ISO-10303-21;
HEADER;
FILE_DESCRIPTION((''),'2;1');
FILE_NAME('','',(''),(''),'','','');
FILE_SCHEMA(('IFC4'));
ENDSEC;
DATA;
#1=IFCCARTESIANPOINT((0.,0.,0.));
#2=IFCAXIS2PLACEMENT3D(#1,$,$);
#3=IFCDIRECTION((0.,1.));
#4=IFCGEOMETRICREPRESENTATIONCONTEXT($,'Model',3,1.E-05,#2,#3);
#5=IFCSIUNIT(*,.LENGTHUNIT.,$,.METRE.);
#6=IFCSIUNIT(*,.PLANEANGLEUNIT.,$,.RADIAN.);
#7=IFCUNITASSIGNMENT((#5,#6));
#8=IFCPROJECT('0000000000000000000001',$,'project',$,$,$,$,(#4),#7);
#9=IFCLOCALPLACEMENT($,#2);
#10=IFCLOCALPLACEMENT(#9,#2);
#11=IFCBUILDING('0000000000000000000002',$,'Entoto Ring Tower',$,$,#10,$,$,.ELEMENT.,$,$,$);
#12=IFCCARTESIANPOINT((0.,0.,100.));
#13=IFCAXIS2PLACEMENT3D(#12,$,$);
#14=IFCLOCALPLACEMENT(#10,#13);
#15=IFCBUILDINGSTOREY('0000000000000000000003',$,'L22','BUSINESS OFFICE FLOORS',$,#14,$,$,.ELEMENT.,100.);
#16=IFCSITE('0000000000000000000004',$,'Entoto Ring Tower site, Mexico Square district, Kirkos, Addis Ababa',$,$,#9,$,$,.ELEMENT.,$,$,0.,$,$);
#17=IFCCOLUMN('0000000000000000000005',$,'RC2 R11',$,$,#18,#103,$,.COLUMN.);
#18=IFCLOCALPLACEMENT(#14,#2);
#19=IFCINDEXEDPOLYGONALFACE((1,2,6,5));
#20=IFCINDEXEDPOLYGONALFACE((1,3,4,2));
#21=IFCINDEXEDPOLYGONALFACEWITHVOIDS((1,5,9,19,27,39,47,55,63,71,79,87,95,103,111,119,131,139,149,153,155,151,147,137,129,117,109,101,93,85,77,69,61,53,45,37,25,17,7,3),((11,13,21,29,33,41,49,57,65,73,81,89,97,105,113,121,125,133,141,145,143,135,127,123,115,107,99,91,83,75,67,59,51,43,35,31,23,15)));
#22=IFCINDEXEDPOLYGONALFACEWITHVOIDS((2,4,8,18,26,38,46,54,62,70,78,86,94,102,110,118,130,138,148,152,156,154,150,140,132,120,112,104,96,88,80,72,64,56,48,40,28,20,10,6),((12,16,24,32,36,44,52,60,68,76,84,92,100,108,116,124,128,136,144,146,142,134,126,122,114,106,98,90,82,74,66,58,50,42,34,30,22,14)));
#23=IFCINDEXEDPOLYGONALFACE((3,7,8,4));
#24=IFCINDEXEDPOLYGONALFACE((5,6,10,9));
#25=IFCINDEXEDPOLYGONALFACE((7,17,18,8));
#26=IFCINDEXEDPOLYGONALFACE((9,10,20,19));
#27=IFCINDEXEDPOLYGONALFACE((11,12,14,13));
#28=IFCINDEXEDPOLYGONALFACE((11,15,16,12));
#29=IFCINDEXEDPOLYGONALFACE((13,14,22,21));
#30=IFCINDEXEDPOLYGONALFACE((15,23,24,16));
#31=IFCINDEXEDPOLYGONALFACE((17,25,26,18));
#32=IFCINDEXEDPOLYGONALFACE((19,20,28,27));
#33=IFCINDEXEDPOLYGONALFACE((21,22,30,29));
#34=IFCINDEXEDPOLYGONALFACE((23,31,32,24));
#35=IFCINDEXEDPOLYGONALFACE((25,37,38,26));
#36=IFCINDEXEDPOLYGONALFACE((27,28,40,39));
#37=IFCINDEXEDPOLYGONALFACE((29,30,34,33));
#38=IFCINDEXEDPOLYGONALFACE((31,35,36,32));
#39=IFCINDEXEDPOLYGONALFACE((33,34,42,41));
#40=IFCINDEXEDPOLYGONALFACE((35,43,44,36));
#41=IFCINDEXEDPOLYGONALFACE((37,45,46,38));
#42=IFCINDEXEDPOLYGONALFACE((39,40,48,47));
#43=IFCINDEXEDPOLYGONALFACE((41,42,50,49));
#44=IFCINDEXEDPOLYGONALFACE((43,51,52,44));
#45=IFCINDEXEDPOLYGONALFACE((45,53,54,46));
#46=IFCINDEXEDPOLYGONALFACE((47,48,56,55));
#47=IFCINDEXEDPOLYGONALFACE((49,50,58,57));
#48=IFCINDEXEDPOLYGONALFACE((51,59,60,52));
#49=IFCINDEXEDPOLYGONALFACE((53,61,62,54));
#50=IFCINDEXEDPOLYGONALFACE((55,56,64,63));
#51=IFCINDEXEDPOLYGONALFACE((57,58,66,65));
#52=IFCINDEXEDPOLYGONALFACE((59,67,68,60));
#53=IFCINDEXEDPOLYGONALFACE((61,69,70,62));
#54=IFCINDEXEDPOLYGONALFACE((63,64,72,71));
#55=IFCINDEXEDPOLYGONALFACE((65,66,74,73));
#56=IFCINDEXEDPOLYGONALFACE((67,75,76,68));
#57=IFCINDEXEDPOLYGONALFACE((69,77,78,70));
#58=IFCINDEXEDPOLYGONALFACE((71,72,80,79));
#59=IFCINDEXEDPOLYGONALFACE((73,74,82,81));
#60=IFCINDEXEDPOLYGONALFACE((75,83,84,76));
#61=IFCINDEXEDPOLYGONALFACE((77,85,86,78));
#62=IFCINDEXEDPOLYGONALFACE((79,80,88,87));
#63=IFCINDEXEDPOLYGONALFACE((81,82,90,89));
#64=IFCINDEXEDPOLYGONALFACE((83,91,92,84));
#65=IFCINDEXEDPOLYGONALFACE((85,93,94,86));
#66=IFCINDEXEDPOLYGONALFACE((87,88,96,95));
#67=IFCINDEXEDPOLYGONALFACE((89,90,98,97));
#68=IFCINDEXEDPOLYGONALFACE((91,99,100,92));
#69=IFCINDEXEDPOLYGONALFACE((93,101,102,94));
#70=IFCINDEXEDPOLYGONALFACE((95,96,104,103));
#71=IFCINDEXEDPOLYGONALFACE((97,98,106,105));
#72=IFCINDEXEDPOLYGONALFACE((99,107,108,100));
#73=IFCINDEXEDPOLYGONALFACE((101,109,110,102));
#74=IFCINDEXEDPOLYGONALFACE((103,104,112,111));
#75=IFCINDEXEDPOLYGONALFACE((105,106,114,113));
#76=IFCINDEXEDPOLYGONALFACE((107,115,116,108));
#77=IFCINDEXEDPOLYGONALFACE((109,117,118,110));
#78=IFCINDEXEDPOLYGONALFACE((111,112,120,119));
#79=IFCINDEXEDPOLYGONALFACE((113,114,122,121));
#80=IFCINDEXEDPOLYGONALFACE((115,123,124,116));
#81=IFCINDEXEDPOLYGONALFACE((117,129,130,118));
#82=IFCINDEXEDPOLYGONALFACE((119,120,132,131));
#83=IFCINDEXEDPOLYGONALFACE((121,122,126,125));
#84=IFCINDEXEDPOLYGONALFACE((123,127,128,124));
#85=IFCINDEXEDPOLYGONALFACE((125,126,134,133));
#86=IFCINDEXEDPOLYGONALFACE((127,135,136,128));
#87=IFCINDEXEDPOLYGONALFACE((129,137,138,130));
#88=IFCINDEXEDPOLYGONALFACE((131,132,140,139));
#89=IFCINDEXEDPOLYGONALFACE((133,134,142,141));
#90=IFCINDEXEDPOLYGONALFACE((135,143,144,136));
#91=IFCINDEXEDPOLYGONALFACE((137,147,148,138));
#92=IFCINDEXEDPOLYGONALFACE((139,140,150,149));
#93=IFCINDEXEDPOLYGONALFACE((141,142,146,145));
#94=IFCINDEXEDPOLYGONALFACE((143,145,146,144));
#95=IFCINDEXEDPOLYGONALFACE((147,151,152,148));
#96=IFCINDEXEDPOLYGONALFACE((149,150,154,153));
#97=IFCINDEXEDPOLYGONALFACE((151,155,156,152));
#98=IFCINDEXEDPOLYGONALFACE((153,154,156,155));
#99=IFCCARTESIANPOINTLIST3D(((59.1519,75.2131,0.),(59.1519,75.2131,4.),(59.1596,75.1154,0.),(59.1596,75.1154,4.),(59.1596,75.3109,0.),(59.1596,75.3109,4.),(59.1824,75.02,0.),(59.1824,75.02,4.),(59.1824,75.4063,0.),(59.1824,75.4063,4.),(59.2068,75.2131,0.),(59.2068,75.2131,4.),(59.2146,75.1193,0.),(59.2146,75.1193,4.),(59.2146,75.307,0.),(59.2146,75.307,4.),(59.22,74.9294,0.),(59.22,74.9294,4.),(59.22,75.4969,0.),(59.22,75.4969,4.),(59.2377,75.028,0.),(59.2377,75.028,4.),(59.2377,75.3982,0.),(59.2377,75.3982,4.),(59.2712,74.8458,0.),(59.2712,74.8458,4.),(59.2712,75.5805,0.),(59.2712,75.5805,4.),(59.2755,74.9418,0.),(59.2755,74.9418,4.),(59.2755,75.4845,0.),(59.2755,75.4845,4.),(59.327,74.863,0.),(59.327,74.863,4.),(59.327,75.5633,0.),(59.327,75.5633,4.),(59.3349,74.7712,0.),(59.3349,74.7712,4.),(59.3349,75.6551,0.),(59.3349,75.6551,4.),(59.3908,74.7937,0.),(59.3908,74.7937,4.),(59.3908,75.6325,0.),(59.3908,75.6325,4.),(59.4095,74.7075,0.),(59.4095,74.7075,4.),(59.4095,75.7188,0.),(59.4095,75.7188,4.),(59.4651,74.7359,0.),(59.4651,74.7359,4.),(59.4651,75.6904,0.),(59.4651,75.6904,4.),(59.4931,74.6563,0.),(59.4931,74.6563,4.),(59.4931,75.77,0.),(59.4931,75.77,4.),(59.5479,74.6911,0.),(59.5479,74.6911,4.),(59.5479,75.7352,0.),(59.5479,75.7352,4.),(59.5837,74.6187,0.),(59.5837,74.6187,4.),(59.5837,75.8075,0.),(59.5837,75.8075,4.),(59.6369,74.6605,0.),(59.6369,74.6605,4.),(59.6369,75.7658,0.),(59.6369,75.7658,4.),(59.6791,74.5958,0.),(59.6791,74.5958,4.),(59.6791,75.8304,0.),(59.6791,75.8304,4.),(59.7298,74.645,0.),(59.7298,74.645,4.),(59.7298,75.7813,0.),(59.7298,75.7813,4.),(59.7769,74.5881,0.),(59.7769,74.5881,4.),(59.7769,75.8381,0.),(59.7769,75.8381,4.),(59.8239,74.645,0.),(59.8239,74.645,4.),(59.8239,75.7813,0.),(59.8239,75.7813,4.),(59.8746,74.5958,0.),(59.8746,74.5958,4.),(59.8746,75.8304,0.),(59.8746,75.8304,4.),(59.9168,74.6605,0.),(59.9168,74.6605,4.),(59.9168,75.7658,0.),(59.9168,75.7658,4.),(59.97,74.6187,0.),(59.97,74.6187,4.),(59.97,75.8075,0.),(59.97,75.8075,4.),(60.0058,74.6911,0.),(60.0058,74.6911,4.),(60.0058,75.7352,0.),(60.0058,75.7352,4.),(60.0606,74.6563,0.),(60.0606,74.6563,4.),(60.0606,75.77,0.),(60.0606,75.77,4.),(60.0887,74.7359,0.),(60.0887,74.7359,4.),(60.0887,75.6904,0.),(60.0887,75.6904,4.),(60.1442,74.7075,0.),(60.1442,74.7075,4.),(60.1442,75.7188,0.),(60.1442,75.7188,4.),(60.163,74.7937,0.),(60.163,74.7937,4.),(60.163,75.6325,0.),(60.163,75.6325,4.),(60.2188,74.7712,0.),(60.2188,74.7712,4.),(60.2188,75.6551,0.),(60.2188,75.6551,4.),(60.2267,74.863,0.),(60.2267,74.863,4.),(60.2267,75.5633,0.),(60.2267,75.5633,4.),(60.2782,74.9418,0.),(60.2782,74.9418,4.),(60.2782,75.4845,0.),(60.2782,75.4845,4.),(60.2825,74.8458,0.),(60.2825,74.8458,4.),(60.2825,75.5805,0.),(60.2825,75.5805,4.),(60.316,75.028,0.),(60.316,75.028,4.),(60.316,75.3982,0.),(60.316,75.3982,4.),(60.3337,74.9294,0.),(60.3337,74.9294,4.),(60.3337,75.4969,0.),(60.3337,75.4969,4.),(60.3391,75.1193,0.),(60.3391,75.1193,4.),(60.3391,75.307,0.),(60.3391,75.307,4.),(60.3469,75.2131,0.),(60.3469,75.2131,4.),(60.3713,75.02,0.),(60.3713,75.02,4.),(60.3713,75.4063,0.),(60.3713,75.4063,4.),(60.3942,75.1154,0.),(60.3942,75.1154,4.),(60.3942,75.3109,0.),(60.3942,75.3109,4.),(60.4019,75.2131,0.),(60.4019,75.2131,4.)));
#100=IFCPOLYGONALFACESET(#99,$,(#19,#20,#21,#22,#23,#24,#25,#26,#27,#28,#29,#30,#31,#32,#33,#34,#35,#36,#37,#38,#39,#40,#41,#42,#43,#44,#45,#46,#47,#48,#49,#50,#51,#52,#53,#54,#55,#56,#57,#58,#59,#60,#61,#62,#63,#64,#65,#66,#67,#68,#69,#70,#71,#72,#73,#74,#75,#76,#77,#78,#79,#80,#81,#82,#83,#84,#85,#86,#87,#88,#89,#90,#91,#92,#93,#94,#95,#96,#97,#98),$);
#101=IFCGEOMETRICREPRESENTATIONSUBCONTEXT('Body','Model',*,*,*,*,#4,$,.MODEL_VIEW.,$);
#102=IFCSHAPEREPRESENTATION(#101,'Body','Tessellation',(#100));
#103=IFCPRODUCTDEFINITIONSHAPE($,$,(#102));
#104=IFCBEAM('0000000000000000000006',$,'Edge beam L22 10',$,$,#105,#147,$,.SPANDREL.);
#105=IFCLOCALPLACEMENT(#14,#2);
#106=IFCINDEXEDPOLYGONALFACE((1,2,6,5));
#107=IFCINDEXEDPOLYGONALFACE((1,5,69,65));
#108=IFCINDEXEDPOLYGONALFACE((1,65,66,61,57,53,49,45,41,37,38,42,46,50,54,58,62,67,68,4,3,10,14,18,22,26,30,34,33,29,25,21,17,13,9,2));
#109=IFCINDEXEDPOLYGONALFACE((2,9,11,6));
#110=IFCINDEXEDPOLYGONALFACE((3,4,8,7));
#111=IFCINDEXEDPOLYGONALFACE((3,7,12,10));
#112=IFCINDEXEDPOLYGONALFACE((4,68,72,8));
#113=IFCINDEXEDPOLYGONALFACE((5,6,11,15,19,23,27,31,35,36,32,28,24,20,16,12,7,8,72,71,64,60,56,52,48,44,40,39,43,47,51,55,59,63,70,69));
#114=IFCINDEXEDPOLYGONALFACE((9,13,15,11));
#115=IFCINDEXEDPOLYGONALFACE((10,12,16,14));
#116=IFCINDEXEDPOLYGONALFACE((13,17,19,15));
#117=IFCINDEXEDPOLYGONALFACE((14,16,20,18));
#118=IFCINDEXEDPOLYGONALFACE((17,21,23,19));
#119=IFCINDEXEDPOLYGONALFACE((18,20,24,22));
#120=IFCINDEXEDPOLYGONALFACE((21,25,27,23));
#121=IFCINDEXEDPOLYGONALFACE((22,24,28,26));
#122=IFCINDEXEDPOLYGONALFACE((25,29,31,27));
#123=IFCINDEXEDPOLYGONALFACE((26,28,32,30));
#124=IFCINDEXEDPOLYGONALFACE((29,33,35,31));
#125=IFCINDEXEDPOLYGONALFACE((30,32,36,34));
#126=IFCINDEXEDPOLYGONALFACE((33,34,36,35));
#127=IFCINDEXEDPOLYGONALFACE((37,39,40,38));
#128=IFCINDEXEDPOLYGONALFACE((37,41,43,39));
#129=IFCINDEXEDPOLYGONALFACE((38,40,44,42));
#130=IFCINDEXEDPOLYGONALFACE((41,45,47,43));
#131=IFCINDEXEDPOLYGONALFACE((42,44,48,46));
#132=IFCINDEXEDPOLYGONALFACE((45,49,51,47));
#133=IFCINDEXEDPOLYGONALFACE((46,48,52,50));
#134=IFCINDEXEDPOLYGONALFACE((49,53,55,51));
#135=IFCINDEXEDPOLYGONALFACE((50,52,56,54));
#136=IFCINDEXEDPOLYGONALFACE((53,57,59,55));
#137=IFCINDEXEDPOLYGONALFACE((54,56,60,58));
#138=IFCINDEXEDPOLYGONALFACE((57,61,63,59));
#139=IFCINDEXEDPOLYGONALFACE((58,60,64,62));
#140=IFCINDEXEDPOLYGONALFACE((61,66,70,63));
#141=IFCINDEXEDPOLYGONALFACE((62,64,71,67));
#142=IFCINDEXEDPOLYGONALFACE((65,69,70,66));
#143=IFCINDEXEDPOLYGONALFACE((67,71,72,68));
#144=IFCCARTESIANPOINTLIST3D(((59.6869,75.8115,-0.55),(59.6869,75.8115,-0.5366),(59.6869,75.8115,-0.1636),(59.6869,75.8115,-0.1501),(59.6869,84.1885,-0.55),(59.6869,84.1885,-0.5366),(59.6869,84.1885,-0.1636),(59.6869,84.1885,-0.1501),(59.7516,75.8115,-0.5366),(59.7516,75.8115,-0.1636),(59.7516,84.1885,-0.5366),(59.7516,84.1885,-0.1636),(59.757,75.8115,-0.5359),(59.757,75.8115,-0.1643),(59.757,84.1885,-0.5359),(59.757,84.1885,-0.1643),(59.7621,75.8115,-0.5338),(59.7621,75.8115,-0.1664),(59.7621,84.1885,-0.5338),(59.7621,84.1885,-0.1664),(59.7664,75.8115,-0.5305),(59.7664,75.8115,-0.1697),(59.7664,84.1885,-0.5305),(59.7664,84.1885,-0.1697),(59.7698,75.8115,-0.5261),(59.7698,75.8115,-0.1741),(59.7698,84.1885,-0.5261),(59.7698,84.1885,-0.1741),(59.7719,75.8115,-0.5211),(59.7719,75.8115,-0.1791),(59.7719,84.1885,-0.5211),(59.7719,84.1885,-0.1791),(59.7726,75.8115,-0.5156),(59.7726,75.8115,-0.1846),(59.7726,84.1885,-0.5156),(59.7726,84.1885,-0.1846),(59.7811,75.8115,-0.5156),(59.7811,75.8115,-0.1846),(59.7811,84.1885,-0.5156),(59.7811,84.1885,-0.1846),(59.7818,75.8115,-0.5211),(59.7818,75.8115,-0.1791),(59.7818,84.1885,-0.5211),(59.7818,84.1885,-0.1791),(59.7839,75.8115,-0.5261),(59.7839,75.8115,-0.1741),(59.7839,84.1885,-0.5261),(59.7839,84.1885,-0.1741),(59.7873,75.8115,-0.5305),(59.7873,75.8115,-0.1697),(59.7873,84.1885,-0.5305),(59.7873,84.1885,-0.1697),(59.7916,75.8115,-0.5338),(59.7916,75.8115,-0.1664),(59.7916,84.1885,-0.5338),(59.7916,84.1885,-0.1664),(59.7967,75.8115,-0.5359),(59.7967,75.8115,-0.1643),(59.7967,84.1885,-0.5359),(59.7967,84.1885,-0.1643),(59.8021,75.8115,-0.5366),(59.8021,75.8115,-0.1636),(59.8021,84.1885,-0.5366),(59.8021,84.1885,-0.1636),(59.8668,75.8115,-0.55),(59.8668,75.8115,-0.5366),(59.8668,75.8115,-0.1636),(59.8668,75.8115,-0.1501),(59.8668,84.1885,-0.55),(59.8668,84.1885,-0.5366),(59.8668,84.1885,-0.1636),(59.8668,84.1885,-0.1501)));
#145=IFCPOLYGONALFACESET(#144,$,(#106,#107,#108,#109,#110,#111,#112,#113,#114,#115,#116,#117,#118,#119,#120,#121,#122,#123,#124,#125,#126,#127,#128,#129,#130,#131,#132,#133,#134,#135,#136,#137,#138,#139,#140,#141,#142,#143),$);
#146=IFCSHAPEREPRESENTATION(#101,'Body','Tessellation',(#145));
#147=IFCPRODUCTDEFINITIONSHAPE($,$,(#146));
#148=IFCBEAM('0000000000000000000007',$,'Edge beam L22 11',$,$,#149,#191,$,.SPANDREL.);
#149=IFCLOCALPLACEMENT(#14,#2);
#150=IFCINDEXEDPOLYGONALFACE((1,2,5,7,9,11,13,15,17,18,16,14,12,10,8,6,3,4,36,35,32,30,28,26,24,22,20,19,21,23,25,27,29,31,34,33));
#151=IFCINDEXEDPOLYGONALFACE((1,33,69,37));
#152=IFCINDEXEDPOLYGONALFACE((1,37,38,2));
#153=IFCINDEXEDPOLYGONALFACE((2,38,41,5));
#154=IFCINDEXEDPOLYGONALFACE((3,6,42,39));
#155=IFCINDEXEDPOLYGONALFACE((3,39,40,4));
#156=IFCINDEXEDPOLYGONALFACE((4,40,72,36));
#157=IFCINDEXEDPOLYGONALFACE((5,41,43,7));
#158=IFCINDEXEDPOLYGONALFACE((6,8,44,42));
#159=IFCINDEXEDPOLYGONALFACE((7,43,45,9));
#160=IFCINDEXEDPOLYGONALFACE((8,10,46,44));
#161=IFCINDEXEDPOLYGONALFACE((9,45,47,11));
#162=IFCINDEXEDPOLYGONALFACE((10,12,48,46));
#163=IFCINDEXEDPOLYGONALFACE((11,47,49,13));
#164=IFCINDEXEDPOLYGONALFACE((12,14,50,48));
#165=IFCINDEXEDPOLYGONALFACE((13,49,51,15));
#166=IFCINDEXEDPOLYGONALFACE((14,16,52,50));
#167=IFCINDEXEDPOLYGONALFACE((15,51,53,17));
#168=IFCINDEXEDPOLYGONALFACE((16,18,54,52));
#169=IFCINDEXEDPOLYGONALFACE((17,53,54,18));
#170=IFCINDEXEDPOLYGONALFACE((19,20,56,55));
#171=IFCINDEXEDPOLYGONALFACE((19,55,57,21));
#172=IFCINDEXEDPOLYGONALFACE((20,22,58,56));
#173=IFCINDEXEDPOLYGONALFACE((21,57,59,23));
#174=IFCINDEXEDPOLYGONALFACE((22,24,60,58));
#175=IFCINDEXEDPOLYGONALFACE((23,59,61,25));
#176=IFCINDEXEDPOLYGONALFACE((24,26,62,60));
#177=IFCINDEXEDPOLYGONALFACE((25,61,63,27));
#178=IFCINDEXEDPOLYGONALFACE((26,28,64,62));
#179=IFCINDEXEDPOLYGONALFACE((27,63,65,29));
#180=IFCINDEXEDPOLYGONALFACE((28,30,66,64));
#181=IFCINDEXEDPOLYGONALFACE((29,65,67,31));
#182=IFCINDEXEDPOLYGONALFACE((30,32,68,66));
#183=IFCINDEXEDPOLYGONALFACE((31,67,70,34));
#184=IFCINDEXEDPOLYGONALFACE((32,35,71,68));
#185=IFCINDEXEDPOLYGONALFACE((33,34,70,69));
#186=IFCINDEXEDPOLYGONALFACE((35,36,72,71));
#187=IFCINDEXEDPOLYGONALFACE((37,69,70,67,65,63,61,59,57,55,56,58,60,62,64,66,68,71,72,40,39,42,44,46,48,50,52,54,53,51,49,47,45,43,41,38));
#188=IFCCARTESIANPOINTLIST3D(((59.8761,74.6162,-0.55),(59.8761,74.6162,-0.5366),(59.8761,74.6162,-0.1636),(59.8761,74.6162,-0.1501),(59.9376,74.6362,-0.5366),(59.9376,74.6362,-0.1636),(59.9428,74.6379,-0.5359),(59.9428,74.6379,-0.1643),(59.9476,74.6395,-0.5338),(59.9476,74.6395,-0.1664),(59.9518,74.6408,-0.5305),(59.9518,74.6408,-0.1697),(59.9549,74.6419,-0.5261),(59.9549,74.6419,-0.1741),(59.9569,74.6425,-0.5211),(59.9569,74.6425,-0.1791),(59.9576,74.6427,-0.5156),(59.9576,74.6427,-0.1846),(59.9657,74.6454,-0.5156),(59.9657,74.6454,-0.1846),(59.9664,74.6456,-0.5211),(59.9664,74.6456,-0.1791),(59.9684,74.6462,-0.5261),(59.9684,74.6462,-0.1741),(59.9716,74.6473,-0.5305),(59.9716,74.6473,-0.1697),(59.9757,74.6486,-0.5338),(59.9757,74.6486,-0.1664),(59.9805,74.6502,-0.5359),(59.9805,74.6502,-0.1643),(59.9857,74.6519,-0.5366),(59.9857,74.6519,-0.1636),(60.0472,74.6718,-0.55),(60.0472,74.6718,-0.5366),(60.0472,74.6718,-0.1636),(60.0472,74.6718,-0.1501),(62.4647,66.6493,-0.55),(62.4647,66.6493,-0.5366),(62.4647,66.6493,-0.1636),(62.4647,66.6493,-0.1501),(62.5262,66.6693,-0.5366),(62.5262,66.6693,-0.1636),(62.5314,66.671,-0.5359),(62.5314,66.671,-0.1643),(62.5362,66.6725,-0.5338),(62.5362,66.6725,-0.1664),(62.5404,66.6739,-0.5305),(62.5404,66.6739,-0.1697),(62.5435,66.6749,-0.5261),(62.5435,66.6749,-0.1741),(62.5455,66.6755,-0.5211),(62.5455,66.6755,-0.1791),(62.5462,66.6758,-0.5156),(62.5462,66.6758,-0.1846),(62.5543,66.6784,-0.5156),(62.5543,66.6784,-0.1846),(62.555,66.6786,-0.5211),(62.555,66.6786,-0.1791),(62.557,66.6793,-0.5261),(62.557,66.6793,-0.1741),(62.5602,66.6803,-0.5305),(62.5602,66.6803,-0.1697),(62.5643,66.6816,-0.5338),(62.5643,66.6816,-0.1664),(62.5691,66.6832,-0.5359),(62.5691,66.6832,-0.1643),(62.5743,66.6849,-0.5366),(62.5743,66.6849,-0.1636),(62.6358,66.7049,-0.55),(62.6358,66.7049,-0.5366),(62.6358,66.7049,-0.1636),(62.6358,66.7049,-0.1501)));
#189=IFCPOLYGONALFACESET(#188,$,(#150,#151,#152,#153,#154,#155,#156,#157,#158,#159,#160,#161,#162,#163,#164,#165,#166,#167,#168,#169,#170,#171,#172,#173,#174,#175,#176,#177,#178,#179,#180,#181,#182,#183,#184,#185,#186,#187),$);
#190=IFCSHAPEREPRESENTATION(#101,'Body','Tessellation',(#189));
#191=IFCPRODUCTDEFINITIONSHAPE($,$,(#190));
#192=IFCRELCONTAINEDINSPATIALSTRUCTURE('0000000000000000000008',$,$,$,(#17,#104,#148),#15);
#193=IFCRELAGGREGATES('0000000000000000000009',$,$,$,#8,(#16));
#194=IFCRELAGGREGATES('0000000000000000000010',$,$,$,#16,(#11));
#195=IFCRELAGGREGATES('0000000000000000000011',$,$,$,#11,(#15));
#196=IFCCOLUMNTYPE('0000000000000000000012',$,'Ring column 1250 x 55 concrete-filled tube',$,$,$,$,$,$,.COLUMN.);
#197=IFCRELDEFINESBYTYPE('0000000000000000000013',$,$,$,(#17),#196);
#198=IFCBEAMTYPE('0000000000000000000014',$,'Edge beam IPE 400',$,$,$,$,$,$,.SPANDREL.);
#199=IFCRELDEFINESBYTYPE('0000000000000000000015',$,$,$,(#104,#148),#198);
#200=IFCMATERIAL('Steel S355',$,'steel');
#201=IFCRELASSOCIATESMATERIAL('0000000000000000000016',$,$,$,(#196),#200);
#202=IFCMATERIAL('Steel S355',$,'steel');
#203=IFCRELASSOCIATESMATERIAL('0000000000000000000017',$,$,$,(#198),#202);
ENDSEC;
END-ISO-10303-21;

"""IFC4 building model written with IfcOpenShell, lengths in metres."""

from ifc_helpers import new_model, si_unit, direction, frame, origin, origin_2d, place, context, subcontext, project, spatial, circle, hollow_circle, i_section, extrude, material, material_profile, profile_set, type_object, element, save


model = new_model("IFC4")

# Units and contexts
model_context = context("Model", 3, precision=1e-05, world=origin(), true_north=direction((0.0, 1.0)))
body_context = subcontext(model_context, "Body", "Model", "MODEL_VIEW")
ifc_project = project(units=[si_unit("LENGTHUNIT", "METRE"), si_unit("PLANEANGLEUNIT", "RADIAN")], contexts=[model_context])

# Site, building, storey
site_placement = place(None, origin())
site = spatial("IfcSite", under=ifc_project, at=site_placement, Name="Entoto Ring Tower site, Mexico Square district, Kirkos, Addis Ababa", CompositionType="ELEMENT", RefElevation=0.0)
building_placement = place(site_placement, origin())
building = spatial("IfcBuilding", under=site, at=building_placement, Name="Entoto Ring Tower", CompositionType="ELEMENT")
storey_placement = place(building_placement, frame((0.0, 0.0, 100.0)))
storey = spatial("IfcBuildingStorey", under=building, at=storey_placement, Name="L22", Description="BUSINESS OFFICE FLOORS", CompositionType="ELEMENT", Elevation=100.0)

# Column
ifc_material_1 = material(Name="Steel S355", Category="steel")
ifc_material_profile_1 = material_profile(ifc_material_1, hollow_circle(Radius=0.625, WallThickness=0.0549, at=origin_2d()), Name="CHS 1250 x 55")
ifc_material_2 = material(Name="Concrete C60/75", Category="concrete")
ifc_material_profile_2 = material_profile(ifc_material_2, circle(Radius=0.5701, at=origin_2d()), Name="Concrete C60/75 infill")
ifc_profile_set_1 = profile_set([ifc_material_profile_1, ifc_material_profile_2], Name="Steel S355")
column_type = type_object("IfcColumnType", Name="Ring column 1250 x 55 concrete-filled tube", PredefinedType="COLUMN", material=ifc_profile_set_1)
column_placement = place(storey_placement, frame((59.7769, 75.2131, 0.0), z_axis=(0.0, 0.0, 1.0), x_axis=(1.0, 0.0, 0.0)))
element("IfcColumn", 1, at=column_placement, inside=storey, type_object=column_type, Name="RC2 R11", PredefinedType="COLUMN", context=body_context, shape_type="SweptSolid", body=[
    extrude(hollow_circle(Radius=0.625, WallThickness=0.0549, at=origin_2d()), origin(), (0.0, 0.0, 1.0), 4.0),
])

# Beams
ifc_material_3 = material(Name="Steel S355", Category="steel")
ifc_material_profile_3 = material_profile(ifc_material_3, i_section(OverallWidth=0.1799, OverallDepth=0.3999, WebThickness=0.0085, FlangeThickness=0.0134, FilletRadius=0.021, at=origin_2d()), Name="IPE 400")
ifc_profile_set_2 = profile_set([ifc_material_profile_3], Name="Steel S355")
beam_type_1 = type_object("IfcBeamType", Name="Edge beam IPE 400", PredefinedType="SPANDREL", material=ifc_profile_set_2)
for number, where, z_axis, x_axis, name in (
    (2, (59.7769, 84.1885, -0.3501), (0.0, -1.0, 0.0), (1.0, 0.0, 0.0), "Edge beam L22 10"),
    (3, (59.9617, 74.644, -0.3501), (0.309014, -0.951057, 0.0), (0.951057, 0.309014, 0.0), "Edge beam L22 11"),
):
    element("IfcBeam", number, at=place(storey_placement, frame(where, z_axis=z_axis, x_axis=x_axis)), inside=storey, type_object=beam_type_1, Name=name, PredefinedType="SPANDREL", context=body_context, shape_type="SweptSolid", body=[
        extrude(i_section(OverallWidth=0.1799, OverallDepth=0.3999, WebThickness=0.0085, FlangeThickness=0.0134, FilletRadius=0.021, at=origin_2d()), origin(), (0.0, 0.0, 1.0), 8.377),
    ])

save(model, "model.ifc")
